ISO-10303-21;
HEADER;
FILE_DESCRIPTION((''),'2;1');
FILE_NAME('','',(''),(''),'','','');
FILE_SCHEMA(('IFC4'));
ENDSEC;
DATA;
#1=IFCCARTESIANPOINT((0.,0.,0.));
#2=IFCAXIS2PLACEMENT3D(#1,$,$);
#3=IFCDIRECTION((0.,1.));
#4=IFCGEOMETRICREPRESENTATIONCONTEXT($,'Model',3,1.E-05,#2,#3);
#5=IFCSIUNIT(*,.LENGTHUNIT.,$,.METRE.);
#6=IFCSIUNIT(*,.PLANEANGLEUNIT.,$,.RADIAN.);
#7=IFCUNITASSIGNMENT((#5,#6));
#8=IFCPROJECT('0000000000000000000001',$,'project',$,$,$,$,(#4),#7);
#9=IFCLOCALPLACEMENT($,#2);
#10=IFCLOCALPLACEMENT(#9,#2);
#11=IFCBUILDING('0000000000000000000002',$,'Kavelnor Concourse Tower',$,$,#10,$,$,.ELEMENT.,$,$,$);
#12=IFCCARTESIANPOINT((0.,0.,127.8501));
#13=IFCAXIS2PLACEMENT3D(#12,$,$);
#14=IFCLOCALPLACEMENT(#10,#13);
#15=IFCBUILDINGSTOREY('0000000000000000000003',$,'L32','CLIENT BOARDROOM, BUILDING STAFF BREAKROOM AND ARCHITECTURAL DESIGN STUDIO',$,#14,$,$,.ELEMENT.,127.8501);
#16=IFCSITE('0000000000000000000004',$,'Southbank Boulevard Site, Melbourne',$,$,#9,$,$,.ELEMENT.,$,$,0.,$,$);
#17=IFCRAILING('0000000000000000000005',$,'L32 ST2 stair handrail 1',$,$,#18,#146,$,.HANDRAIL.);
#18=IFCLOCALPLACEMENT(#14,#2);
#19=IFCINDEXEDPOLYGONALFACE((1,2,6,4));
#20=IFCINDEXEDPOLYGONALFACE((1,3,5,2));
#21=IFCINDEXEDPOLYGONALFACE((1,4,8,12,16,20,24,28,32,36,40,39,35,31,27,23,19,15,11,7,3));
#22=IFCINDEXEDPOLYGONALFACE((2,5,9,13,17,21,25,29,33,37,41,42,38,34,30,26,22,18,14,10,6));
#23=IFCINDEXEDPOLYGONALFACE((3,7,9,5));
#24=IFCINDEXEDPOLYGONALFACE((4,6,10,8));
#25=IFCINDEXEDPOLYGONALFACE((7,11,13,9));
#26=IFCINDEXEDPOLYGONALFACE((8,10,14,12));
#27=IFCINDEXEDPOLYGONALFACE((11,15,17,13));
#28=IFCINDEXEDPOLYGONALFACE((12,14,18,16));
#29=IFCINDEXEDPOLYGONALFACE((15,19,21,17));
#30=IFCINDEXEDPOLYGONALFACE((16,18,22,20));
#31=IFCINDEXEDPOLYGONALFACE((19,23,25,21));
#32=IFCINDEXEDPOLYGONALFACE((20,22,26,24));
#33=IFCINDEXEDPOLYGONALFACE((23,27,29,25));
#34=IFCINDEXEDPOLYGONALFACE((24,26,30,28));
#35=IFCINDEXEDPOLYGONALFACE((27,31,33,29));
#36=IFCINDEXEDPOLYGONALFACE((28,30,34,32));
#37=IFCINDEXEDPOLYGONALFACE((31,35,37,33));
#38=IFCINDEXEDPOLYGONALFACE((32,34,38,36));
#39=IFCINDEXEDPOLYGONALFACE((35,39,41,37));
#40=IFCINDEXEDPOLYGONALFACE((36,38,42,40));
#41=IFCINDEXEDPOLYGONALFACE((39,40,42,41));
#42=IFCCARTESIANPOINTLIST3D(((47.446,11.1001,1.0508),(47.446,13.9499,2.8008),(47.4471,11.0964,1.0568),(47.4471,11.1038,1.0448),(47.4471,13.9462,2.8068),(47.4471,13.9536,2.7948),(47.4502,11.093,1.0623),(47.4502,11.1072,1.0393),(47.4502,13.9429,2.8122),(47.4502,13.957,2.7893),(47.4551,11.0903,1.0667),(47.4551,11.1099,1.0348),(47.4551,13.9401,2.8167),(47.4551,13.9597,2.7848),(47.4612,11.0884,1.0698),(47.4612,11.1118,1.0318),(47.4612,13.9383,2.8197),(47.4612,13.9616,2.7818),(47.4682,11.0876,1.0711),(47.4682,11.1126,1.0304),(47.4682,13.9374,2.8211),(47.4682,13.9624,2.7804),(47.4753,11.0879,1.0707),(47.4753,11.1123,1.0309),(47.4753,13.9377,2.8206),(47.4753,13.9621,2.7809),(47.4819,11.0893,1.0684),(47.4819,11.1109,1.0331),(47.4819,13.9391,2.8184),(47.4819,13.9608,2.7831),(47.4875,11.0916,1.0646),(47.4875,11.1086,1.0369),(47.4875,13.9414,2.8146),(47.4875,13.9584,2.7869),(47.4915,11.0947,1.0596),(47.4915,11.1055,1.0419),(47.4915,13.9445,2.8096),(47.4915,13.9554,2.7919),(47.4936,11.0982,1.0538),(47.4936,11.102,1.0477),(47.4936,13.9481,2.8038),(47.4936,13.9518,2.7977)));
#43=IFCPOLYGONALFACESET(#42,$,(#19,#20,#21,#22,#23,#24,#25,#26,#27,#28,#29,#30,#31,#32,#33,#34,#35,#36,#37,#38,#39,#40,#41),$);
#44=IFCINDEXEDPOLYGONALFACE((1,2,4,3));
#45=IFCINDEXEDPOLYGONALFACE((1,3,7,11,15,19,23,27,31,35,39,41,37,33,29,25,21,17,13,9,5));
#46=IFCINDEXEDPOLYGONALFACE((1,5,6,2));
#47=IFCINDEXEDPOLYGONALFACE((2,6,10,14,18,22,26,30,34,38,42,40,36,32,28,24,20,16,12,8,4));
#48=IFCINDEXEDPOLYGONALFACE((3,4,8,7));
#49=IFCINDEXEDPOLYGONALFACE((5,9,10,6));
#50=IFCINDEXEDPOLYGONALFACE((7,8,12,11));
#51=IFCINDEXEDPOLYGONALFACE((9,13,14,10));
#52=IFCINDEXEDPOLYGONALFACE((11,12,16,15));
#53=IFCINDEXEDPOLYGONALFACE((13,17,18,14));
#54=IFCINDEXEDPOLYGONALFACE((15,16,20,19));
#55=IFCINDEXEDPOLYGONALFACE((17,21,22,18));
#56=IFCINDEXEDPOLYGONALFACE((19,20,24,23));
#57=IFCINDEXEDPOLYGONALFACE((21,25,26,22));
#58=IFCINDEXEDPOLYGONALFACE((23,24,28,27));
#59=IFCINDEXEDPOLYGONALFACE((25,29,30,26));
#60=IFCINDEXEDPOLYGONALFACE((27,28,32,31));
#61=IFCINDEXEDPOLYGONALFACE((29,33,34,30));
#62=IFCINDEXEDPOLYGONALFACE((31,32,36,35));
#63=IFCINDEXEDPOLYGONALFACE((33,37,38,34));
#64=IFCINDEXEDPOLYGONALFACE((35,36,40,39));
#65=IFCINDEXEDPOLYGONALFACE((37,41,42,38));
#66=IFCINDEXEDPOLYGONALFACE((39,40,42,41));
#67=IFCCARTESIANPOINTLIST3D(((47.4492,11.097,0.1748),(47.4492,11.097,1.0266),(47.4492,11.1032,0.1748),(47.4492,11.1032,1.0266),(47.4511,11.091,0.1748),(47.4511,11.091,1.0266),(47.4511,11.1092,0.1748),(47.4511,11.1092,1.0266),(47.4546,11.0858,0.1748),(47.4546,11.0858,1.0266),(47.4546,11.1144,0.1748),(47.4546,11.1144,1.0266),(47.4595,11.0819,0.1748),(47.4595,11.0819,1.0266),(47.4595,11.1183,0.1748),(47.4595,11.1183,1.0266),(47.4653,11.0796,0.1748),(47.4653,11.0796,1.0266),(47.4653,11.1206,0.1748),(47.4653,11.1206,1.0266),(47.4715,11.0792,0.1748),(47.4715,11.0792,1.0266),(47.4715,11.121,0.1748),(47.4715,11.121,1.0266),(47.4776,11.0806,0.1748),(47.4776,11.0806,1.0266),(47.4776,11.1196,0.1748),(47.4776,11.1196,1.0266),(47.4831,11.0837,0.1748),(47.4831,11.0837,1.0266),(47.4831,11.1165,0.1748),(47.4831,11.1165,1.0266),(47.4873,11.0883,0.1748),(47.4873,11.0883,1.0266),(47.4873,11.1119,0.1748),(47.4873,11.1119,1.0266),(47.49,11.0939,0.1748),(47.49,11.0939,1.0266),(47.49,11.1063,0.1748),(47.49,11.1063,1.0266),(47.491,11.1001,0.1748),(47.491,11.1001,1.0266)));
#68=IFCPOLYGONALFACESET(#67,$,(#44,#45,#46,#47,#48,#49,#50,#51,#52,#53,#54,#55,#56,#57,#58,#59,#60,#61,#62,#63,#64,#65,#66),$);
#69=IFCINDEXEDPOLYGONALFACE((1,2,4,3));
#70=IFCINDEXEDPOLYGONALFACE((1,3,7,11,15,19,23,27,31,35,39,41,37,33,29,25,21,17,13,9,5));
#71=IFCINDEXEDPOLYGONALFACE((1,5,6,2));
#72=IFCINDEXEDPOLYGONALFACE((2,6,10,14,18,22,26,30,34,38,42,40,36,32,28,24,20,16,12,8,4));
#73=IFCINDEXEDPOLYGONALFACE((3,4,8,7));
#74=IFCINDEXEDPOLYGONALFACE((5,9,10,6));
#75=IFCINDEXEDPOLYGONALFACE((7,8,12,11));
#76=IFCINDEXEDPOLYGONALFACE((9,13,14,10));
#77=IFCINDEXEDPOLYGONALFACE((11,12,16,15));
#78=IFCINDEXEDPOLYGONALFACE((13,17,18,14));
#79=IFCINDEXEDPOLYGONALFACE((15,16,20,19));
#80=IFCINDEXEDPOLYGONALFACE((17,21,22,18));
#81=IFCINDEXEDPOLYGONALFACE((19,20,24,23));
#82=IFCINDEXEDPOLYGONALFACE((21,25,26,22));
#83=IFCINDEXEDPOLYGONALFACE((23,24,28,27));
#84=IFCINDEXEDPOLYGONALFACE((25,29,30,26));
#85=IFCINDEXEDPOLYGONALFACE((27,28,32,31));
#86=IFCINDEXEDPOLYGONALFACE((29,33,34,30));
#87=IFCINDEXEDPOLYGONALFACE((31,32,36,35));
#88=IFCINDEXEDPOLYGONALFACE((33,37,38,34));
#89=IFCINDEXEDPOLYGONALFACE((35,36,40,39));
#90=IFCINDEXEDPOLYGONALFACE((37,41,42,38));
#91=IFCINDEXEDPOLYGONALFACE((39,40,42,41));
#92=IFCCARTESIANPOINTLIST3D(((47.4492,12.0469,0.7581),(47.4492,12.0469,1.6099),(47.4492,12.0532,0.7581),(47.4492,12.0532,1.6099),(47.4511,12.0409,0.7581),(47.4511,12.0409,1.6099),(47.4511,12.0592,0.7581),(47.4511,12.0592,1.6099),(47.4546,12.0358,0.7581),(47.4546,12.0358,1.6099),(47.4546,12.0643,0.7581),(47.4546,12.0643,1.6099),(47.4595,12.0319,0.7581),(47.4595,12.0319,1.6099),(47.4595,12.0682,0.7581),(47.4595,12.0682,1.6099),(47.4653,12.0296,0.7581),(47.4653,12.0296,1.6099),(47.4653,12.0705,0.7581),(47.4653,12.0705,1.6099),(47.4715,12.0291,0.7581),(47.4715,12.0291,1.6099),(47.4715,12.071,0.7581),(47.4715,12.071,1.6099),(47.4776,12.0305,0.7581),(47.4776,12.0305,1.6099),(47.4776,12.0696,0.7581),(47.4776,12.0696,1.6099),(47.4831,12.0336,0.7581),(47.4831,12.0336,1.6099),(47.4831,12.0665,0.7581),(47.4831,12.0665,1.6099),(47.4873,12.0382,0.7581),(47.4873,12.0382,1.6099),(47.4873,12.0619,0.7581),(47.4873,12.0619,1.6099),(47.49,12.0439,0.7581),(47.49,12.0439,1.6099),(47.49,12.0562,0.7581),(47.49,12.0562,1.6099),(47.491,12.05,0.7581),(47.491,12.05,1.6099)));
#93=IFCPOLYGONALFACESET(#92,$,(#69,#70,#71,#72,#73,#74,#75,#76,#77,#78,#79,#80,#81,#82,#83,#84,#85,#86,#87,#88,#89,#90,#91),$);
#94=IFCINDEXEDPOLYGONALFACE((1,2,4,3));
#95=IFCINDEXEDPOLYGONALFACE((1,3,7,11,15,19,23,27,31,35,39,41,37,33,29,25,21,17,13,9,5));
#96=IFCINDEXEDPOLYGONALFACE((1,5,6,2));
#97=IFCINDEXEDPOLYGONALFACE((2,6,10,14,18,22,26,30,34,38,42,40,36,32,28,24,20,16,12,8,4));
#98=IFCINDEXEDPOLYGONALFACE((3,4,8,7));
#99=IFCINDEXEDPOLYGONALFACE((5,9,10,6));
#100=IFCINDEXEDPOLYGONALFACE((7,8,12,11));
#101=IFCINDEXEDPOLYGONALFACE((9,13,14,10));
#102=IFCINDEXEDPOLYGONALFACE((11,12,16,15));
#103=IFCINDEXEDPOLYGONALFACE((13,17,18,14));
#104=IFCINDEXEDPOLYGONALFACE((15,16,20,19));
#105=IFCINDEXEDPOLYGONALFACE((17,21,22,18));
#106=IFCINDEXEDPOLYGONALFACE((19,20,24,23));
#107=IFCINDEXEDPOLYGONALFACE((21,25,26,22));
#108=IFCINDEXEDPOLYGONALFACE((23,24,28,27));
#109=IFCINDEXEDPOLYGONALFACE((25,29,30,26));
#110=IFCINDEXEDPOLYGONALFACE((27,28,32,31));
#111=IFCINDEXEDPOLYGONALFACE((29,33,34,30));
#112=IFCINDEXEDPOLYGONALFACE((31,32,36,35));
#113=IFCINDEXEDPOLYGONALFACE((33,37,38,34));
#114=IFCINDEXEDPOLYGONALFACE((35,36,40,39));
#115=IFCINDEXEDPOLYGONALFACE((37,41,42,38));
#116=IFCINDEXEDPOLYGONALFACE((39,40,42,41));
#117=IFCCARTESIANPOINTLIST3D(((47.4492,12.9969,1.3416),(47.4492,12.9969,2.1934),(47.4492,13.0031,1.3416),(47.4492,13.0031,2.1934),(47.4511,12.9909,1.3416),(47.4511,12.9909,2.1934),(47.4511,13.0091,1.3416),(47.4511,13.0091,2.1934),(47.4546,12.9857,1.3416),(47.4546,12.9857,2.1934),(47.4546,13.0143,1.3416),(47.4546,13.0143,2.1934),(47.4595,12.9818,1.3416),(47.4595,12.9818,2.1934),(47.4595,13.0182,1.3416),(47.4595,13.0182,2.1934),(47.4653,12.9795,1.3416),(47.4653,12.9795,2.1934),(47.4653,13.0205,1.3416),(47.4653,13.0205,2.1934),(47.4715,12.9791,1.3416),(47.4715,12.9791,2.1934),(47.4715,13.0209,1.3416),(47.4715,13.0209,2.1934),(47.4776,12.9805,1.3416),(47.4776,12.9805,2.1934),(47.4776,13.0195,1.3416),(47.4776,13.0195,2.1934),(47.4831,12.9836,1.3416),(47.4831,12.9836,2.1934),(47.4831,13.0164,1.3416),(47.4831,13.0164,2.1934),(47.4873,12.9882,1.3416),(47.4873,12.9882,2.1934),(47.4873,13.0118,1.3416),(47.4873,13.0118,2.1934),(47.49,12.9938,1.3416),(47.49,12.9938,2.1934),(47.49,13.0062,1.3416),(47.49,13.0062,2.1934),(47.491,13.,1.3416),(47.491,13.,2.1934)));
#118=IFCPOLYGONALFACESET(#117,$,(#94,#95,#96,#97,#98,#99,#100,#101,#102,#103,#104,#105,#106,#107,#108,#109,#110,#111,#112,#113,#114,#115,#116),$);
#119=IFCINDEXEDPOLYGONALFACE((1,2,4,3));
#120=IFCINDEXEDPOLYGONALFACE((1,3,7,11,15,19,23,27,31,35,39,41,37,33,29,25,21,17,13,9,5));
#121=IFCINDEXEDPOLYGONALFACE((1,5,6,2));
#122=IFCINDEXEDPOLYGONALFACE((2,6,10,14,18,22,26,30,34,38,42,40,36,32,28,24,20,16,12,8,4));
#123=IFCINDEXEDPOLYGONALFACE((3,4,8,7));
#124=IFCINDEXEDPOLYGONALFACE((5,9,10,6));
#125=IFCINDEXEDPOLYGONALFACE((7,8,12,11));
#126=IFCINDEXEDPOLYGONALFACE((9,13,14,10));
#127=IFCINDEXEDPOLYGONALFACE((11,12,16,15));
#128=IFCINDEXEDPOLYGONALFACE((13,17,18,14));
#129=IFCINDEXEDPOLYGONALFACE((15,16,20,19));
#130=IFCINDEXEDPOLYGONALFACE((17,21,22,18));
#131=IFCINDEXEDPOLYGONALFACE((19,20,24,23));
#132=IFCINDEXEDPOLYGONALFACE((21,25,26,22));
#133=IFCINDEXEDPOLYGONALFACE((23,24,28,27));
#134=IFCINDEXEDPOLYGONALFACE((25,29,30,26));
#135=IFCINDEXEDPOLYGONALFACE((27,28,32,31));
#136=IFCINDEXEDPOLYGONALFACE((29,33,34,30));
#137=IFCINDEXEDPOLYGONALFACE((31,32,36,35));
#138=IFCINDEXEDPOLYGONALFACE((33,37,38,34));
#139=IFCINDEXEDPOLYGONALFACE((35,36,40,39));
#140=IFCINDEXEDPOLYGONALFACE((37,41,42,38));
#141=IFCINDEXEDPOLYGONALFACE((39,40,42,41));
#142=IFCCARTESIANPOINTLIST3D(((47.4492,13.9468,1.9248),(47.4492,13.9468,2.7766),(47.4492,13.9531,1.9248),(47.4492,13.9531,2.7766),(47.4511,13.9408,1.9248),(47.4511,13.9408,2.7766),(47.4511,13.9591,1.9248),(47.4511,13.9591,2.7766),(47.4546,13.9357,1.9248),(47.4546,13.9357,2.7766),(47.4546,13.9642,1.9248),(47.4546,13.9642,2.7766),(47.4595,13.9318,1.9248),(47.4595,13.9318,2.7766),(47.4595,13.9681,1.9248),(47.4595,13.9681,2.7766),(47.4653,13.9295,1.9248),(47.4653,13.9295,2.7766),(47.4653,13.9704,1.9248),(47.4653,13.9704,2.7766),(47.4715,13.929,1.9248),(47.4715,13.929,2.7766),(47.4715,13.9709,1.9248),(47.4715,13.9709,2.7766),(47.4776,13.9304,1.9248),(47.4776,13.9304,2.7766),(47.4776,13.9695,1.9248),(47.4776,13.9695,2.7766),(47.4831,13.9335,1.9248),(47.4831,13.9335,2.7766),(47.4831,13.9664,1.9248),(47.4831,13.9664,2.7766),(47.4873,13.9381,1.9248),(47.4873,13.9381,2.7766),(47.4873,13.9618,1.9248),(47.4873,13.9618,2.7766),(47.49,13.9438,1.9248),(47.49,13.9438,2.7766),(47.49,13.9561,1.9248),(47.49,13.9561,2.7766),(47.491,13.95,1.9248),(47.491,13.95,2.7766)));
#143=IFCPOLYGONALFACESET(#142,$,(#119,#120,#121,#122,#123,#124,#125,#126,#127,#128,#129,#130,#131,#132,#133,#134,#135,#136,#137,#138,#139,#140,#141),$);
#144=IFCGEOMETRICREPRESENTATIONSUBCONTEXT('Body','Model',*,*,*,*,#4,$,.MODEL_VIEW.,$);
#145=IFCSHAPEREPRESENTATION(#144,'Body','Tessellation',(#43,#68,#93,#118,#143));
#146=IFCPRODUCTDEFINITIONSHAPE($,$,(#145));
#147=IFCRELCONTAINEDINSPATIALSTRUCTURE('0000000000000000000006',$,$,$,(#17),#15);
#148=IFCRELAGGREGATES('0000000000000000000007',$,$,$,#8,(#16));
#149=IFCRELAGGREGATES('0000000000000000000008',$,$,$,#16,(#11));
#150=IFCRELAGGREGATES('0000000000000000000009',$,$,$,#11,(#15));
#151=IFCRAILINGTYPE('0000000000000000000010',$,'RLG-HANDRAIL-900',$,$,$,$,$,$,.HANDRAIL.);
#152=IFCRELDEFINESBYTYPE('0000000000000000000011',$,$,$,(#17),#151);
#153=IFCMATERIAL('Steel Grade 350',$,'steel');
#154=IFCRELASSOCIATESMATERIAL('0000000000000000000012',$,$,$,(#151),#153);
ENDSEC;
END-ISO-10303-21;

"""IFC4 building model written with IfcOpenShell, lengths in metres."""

from ifc_helpers import new_model, si_unit, direction, frame, origin, origin_2d, place, context, subcontext, project, spatial, circle, extrude, material, type_object, element, save


model = new_model("IFC4")

# Units and contexts
model_context = context("Model", 3, precision=1e-05, world=origin(), true_north=direction((0.0, 1.0)))
body_context = subcontext(model_context, "Body", "Model", "MODEL_VIEW")
ifc_project = project(units=[si_unit("LENGTHUNIT", "METRE"), si_unit("PLANEANGLEUNIT", "RADIAN")], contexts=[model_context])

# Site, building, storey
site_placement = place(None, origin())
site = spatial("IfcSite", under=ifc_project, at=site_placement, Name="Southbank Boulevard Site, Melbourne", CompositionType="ELEMENT", RefElevation=0.0)
building_placement = place(site_placement, origin())
building = spatial("IfcBuilding", under=site, at=building_placement, Name="Kavelnor Concourse Tower", CompositionType="ELEMENT")
storey_placement = place(building_placement, frame((0.0, 0.0, 127.8501)))
storey = spatial("IfcBuildingStorey", under=building, at=storey_placement, Name="L32", Description="CLIENT BOARDROOM, BUILDING STAFF BREAKROOM AND ARCHITECTURAL DESIGN STUDIO", CompositionType="ELEMENT", Elevation=127.8501)

# Shared definitions
ifc_material_1 = material(Name="Steel Grade 350", Category="steel")

# Railing
railing_type_1 = type_object("IfcRailingType", Name="RLG-HANDRAIL-900", PredefinedType="HANDRAIL", material=ifc_material_1)
railing_1_placement = place(storey_placement, frame((47.47, 11.1001, 0.1748)))
element("IfcRailing", 1, at=railing_1_placement, inside=storey, type_object=railing_type_1, Name="L32 ST2 stair handrail 1", PredefinedType="HANDRAIL", context=body_context, shape_type="SweptSolid", body=[
    extrude(circle(Radius=0.0239, at=origin_2d()), frame((0.0, 0.0, 0.876), z_axis=(0.0, 0.852159, 0.523283), x_axis=(-1.0, 0.0, 0.0)), (0.0, 0.0, 1.0), 3.3442),
    extrude(circle(Radius=0.021, at=origin_2d()), origin(), (0.0, 0.0, 1.0), 0.8518),
    extrude(circle(Radius=0.021, at=origin_2d()), frame((0.0, 0.95, 0.5833)), (0.0, 0.0, 1.0), 0.8518),
    extrude(circle(Radius=0.021, at=origin_2d()), frame((0.0, 1.8999, 1.1667)), (0.0, 0.0, 1.0), 0.8518),
    extrude(circle(Radius=0.021, at=origin_2d()), frame((0.0, 2.8499, 1.75)), (0.0, 0.0, 1.0), 0.8518),
])

save(model, "model.ifc")
